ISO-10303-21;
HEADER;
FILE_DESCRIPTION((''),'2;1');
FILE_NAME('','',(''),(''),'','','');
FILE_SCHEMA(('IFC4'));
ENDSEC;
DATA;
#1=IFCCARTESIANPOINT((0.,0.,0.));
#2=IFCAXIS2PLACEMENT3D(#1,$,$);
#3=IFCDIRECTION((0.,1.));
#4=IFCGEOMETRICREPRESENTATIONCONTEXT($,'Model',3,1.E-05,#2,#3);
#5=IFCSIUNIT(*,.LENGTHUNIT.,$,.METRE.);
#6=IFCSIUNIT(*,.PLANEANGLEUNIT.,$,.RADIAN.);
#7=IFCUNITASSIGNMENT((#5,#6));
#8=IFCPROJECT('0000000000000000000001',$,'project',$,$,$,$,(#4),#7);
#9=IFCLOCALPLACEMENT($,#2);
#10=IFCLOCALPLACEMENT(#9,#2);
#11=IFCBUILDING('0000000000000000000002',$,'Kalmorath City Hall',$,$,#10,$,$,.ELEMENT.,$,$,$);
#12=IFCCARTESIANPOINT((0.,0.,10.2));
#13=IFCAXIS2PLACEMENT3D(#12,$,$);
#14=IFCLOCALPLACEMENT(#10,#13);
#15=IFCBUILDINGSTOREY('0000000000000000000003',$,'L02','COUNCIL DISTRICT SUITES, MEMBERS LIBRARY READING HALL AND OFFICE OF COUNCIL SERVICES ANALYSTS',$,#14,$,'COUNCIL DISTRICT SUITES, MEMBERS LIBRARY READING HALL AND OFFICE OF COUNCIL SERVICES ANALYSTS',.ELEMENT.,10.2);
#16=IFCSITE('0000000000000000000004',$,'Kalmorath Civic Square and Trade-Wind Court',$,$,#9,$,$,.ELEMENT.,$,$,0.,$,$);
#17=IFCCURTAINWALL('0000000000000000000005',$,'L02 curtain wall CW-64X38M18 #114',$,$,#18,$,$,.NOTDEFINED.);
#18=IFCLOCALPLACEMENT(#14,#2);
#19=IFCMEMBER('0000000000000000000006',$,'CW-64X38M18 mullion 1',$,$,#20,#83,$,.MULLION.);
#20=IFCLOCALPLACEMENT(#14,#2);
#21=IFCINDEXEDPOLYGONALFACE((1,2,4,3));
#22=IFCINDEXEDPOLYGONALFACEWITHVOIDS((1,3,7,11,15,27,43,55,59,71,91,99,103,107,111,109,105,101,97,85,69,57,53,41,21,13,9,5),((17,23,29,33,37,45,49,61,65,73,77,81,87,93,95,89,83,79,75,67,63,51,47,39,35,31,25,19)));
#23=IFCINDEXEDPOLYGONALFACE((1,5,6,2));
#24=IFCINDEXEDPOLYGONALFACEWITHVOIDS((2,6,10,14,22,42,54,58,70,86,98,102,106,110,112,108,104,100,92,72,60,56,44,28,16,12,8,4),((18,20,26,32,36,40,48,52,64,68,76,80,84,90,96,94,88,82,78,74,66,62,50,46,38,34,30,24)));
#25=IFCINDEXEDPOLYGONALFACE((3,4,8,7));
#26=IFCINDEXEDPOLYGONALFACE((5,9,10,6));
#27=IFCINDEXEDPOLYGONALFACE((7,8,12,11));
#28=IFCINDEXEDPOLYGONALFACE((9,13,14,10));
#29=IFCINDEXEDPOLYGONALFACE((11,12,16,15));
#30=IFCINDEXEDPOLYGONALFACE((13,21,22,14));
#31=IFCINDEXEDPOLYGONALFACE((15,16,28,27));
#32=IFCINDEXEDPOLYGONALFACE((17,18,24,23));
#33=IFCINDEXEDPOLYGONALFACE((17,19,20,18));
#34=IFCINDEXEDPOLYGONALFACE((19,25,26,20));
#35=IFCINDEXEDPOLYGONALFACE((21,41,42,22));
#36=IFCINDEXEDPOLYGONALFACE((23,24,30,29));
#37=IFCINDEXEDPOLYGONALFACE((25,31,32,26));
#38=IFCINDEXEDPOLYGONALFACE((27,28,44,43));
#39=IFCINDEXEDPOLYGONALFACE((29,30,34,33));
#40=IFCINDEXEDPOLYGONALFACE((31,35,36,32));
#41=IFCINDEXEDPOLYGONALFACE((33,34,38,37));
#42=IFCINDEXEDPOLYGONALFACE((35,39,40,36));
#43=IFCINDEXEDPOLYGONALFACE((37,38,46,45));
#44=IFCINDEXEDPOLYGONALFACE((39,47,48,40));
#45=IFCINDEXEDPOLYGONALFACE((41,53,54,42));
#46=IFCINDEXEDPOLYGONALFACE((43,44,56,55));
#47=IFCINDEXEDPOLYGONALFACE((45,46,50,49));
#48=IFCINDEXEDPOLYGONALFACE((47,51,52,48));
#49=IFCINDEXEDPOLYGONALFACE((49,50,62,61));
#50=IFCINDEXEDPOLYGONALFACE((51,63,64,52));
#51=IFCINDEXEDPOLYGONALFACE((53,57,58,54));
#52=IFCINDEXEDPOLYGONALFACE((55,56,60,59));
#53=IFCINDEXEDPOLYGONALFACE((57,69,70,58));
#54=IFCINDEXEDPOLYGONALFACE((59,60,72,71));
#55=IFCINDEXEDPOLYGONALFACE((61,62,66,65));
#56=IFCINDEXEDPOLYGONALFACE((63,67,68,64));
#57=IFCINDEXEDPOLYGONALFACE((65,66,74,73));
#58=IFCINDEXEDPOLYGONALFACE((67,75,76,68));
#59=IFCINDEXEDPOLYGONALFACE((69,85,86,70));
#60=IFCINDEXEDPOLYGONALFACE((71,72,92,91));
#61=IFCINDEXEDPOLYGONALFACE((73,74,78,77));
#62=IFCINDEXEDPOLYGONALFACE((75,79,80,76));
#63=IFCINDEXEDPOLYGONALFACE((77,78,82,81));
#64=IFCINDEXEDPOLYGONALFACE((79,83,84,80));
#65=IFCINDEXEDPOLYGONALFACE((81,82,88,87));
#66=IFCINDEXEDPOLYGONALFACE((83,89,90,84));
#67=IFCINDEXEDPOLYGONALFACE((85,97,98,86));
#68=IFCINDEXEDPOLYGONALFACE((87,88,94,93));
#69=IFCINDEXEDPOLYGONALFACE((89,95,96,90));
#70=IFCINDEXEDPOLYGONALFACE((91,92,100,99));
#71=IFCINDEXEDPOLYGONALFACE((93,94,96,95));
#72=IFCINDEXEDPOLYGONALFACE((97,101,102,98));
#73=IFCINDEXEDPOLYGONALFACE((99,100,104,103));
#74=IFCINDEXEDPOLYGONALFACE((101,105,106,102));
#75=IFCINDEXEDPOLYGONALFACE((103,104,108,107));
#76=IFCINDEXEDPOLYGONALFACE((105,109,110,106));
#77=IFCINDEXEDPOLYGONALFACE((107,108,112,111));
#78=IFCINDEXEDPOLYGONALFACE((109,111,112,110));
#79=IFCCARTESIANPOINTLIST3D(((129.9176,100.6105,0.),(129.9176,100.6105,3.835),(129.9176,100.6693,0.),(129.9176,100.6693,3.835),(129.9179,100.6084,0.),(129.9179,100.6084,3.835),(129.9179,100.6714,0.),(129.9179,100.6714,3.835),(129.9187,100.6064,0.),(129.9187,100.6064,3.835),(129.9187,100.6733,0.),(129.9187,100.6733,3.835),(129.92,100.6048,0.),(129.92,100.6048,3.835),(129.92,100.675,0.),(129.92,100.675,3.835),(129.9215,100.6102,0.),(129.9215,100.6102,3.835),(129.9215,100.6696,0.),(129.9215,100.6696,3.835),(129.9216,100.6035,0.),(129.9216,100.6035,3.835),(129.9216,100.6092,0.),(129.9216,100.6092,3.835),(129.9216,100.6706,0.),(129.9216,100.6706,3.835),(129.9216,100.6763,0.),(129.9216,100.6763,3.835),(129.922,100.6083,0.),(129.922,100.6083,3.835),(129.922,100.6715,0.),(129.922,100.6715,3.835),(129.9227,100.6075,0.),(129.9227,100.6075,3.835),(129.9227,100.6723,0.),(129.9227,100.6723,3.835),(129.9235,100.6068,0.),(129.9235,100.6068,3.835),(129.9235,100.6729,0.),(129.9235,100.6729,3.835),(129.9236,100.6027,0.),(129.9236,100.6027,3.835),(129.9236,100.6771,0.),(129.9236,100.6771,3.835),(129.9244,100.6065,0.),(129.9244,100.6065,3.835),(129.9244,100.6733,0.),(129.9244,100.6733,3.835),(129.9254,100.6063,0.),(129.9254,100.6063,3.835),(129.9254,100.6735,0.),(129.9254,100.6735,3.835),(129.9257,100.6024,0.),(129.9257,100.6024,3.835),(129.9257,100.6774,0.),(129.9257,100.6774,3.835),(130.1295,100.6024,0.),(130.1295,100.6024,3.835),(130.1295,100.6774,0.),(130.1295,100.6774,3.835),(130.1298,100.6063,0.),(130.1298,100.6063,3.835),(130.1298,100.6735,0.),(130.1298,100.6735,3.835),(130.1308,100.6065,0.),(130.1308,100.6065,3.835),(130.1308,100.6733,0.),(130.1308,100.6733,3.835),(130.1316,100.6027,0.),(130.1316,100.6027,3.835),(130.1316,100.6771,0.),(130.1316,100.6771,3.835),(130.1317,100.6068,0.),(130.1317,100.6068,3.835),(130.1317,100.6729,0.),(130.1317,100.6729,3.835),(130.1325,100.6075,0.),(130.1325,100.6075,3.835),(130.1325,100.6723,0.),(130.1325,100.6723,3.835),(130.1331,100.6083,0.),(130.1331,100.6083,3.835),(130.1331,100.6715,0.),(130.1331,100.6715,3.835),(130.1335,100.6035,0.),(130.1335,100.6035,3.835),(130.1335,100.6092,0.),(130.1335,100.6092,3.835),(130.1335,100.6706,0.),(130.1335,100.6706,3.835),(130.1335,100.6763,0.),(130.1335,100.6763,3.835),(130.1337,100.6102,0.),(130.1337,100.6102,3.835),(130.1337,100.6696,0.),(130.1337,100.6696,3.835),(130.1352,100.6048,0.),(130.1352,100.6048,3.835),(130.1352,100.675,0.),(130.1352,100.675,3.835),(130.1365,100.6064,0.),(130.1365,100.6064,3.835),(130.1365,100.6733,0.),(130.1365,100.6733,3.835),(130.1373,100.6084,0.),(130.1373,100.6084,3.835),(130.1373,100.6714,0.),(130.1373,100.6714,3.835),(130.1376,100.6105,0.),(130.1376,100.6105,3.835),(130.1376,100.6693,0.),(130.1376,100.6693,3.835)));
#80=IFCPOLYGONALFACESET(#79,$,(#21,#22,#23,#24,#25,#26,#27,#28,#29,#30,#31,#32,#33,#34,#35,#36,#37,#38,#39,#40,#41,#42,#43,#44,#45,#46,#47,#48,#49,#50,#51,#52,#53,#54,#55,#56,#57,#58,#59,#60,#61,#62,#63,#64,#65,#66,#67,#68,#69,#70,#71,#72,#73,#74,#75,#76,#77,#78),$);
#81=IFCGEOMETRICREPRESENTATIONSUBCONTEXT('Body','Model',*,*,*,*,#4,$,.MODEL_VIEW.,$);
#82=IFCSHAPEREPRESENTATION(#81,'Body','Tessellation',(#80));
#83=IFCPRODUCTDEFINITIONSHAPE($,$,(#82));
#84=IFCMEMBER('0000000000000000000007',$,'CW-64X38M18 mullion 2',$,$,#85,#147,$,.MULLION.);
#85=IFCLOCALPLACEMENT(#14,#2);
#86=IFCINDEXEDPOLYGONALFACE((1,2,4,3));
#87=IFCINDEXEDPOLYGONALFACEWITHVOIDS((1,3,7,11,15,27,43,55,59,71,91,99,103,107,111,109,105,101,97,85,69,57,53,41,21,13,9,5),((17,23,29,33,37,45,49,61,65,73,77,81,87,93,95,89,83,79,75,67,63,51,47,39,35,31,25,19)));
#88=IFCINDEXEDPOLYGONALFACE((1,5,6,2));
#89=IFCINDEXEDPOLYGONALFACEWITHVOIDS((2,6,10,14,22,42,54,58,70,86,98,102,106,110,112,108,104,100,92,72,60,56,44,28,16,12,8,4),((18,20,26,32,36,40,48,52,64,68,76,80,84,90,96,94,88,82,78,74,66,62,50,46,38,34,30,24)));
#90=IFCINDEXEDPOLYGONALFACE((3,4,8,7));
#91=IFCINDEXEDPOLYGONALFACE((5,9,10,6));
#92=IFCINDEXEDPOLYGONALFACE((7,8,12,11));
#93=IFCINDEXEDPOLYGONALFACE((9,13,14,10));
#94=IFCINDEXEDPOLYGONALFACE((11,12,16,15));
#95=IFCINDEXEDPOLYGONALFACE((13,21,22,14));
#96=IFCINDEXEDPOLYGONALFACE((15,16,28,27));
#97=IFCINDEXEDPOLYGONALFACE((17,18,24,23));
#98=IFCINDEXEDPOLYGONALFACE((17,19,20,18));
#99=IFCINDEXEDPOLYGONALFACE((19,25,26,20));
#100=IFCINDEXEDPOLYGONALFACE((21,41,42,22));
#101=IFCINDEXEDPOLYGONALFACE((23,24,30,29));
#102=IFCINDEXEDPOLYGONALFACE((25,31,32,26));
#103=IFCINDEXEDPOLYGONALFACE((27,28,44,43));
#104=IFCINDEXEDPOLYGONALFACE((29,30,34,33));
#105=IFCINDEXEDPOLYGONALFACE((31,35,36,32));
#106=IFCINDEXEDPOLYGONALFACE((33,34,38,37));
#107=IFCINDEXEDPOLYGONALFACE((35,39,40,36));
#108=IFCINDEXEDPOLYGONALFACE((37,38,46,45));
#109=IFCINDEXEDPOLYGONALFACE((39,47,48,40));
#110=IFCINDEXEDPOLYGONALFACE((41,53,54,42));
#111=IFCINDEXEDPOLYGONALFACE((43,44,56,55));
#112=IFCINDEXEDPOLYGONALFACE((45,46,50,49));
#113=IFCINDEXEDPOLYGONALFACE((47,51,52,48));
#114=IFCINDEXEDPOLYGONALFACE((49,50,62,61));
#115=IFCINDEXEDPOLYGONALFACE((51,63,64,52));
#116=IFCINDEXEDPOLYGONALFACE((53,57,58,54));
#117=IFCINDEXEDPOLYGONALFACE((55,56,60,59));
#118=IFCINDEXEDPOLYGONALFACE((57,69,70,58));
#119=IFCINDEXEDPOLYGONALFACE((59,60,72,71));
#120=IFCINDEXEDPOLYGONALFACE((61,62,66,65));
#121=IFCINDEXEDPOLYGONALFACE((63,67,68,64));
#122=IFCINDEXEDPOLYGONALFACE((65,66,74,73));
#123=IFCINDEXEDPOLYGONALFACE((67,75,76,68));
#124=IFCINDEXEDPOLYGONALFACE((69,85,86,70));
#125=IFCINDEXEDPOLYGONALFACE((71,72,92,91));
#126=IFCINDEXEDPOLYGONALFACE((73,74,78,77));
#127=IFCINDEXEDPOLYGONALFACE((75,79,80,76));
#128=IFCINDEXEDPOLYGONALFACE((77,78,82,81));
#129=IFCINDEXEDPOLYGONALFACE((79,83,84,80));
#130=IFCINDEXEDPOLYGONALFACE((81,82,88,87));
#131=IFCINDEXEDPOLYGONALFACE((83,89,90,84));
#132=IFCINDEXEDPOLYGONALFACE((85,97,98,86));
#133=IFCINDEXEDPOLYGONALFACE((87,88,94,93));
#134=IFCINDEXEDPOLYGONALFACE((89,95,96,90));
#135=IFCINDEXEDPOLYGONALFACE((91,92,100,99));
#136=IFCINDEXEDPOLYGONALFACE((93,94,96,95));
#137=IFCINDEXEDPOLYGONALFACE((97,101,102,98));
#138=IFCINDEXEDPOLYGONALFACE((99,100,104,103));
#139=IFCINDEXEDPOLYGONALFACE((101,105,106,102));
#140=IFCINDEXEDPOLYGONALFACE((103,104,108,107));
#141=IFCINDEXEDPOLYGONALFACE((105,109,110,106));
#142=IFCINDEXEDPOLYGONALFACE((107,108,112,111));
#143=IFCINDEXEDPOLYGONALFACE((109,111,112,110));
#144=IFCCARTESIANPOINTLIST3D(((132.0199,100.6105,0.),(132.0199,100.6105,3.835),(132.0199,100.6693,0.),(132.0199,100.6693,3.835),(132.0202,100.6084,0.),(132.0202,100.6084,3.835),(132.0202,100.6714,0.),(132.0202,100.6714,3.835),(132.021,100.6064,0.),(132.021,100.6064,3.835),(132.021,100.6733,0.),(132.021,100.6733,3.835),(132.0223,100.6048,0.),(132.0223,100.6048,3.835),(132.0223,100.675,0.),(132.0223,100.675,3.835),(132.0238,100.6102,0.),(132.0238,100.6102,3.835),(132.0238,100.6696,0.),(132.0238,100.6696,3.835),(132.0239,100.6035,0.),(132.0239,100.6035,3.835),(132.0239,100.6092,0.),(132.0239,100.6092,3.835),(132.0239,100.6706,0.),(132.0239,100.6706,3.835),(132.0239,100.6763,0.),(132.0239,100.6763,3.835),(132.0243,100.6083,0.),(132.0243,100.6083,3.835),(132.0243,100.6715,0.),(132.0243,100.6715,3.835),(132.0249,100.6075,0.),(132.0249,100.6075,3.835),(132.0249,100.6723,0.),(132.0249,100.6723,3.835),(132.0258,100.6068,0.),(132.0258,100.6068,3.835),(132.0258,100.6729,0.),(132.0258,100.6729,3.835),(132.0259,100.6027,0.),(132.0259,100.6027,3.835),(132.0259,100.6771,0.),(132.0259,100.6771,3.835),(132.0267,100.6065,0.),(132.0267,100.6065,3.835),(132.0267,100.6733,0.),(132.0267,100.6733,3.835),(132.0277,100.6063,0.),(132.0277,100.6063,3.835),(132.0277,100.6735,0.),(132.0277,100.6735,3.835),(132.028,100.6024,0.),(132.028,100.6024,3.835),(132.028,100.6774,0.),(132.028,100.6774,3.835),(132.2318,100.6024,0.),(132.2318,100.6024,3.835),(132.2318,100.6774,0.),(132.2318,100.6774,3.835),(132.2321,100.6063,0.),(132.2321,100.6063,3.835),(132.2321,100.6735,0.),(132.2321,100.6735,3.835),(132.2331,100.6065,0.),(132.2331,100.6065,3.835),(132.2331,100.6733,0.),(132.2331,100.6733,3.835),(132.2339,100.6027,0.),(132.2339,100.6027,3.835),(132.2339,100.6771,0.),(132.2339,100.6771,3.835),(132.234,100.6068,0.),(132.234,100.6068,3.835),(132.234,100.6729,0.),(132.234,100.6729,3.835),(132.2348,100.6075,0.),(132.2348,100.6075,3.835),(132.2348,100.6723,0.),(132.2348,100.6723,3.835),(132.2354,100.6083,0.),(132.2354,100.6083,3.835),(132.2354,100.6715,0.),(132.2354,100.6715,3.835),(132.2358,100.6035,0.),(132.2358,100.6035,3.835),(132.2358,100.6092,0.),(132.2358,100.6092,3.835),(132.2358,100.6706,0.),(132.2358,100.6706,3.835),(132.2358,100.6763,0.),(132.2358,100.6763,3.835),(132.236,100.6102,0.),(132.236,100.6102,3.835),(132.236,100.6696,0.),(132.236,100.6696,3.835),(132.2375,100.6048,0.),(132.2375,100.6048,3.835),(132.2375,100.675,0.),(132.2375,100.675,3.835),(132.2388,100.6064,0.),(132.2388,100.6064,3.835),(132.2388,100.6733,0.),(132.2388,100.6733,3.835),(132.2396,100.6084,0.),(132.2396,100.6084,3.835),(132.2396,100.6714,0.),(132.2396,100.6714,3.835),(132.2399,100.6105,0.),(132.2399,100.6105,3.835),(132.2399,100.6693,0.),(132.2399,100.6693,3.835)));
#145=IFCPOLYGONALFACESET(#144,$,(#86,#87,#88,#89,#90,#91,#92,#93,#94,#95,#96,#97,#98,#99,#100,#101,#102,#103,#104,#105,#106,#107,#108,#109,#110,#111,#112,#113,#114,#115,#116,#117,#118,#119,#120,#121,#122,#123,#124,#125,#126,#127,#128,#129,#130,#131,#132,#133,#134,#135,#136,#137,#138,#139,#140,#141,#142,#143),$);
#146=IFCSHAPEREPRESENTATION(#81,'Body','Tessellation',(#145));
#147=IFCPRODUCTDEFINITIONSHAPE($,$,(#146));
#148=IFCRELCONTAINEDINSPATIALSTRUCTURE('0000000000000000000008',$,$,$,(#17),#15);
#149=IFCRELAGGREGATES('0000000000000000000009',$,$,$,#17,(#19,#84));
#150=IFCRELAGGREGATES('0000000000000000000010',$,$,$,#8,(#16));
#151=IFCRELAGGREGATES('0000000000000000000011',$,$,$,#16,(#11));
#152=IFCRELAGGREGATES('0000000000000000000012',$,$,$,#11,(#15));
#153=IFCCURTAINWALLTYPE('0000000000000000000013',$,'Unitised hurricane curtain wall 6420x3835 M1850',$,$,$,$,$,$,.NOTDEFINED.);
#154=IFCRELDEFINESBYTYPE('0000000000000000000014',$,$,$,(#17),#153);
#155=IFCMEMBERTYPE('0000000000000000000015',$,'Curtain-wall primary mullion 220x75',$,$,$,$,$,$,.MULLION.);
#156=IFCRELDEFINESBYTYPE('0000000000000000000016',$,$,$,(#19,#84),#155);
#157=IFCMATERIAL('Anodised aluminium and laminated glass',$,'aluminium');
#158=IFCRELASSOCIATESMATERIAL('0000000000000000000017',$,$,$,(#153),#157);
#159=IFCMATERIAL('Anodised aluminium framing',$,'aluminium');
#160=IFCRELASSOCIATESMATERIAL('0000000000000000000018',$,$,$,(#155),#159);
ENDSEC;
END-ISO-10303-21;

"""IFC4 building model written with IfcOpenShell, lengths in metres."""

from ifc_helpers import new_model, si_unit, direction, frame, origin, origin_2d, place, context, subcontext, project, spatial, hollow_rectangle, extrude, material, material_profile, profile_set, type_object, element, aggregate, save


model = new_model("IFC4")

# Units and contexts
model_context = context("Model", 3, precision=1e-05, world=origin(), true_north=direction((0.0, 1.0)))
body_context = subcontext(model_context, "Body", "Model", "MODEL_VIEW")
ifc_project = project(units=[si_unit("LENGTHUNIT", "METRE"), si_unit("PLANEANGLEUNIT", "RADIAN")], contexts=[model_context])

# Site, building, storey
site_placement = place(None, origin())
site = spatial("IfcSite", under=ifc_project, at=site_placement, Name="Kalmorath Civic Square and Trade-Wind Court", CompositionType="ELEMENT", RefElevation=0.0)
building_placement = place(site_placement, origin())
building = spatial("IfcBuilding", under=site, at=building_placement, Name="Kalmorath City Hall", CompositionType="ELEMENT")
storey_placement = place(building_placement, frame((0.0, 0.0, 10.2)))
storey = spatial("IfcBuildingStorey", under=building, at=storey_placement, Name="L02", Description="COUNCIL DISTRICT SUITES, MEMBERS LIBRARY READING HALL AND OFFICE OF COUNCIL SERVICES ANALYSTS", LongName="COUNCIL DISTRICT SUITES, MEMBERS LIBRARY READING HALL AND OFFICE OF COUNCIL SERVICES ANALYSTS", CompositionType="ELEMENT", Elevation=10.2)

# Curtain wall, members
ifc_material_1 = material(Name="Anodised aluminium and laminated glass", Category="aluminium")
curtain_wall_type = type_object("IfcCurtainWallType", Name="Unitised hurricane curtain wall 6420x3835 M1850", PredefinedType="NOTDEFINED", material=ifc_material_1)
curtain_wall_placement = place(storey_placement, origin())
curtain_wall = element("IfcCurtainWall", 1, at=curtain_wall_placement, inside=storey, type_object=curtain_wall_type, Name="L02 curtain wall CW-64X38M18 #114", PredefinedType="NOTDEFINED")
ifc_material_2 = material(Name="Anodised aluminium framing", Category="aluminium")
ifc_material_profile_1 = material_profile(ifc_material_2, hollow_rectangle(XDim=0.075, YDim=0.22, WallThickness=0.0039, InnerFilletRadius=0.0039, OuterFilletRadius=0.0081, at=origin_2d()), Name="ALU-MUL-220X75X4")
ifc_profile_set_1 = profile_set([ifc_material_profile_1], Name="Anodised aluminium framing")
member_type_1 = type_object("IfcMemberType", Name="Curtain-wall primary mullion 220x75", PredefinedType="MULLION", material=ifc_profile_set_1)
member_1_placement = place(storey_placement, frame((130.0276, 100.6399, 0.0), z_axis=(0.0, 0.0, 1.0), x_axis=(0.0, 1.0, 0.0)))
member_1 = element("IfcMember", 2, at=member_1_placement, type_object=member_type_1, Name="CW-64X38M18 mullion 1", PredefinedType="MULLION", context=body_context, shape_type="SweptSolid", body=[
    extrude(hollow_rectangle(XDim=0.075, YDim=0.22, WallThickness=0.0039, InnerFilletRadius=0.0039, OuterFilletRadius=0.0081, at=origin_2d()), origin(), (0.0, 0.0, 1.0), 3.835),
])
member_2_placement = place(storey_placement, frame((132.1299, 100.6399, 0.0), z_axis=(0.0, 0.0, 1.0), x_axis=(0.0, 1.0, 0.0)))
member_2 = element("IfcMember", 3, at=member_2_placement, type_object=member_type_1, Name="CW-64X38M18 mullion 2", PredefinedType="MULLION", context=body_context, shape_type="SweptSolid", body=[
    extrude(hollow_rectangle(XDim=0.075, YDim=0.22, WallThickness=0.0039, InnerFilletRadius=0.0039, OuterFilletRadius=0.0081, at=origin_2d()), origin(), (0.0, 0.0, 1.0), 3.835),
])

aggregate(curtain_wall, [member_1, member_2])

save(model, "model.ifc")
